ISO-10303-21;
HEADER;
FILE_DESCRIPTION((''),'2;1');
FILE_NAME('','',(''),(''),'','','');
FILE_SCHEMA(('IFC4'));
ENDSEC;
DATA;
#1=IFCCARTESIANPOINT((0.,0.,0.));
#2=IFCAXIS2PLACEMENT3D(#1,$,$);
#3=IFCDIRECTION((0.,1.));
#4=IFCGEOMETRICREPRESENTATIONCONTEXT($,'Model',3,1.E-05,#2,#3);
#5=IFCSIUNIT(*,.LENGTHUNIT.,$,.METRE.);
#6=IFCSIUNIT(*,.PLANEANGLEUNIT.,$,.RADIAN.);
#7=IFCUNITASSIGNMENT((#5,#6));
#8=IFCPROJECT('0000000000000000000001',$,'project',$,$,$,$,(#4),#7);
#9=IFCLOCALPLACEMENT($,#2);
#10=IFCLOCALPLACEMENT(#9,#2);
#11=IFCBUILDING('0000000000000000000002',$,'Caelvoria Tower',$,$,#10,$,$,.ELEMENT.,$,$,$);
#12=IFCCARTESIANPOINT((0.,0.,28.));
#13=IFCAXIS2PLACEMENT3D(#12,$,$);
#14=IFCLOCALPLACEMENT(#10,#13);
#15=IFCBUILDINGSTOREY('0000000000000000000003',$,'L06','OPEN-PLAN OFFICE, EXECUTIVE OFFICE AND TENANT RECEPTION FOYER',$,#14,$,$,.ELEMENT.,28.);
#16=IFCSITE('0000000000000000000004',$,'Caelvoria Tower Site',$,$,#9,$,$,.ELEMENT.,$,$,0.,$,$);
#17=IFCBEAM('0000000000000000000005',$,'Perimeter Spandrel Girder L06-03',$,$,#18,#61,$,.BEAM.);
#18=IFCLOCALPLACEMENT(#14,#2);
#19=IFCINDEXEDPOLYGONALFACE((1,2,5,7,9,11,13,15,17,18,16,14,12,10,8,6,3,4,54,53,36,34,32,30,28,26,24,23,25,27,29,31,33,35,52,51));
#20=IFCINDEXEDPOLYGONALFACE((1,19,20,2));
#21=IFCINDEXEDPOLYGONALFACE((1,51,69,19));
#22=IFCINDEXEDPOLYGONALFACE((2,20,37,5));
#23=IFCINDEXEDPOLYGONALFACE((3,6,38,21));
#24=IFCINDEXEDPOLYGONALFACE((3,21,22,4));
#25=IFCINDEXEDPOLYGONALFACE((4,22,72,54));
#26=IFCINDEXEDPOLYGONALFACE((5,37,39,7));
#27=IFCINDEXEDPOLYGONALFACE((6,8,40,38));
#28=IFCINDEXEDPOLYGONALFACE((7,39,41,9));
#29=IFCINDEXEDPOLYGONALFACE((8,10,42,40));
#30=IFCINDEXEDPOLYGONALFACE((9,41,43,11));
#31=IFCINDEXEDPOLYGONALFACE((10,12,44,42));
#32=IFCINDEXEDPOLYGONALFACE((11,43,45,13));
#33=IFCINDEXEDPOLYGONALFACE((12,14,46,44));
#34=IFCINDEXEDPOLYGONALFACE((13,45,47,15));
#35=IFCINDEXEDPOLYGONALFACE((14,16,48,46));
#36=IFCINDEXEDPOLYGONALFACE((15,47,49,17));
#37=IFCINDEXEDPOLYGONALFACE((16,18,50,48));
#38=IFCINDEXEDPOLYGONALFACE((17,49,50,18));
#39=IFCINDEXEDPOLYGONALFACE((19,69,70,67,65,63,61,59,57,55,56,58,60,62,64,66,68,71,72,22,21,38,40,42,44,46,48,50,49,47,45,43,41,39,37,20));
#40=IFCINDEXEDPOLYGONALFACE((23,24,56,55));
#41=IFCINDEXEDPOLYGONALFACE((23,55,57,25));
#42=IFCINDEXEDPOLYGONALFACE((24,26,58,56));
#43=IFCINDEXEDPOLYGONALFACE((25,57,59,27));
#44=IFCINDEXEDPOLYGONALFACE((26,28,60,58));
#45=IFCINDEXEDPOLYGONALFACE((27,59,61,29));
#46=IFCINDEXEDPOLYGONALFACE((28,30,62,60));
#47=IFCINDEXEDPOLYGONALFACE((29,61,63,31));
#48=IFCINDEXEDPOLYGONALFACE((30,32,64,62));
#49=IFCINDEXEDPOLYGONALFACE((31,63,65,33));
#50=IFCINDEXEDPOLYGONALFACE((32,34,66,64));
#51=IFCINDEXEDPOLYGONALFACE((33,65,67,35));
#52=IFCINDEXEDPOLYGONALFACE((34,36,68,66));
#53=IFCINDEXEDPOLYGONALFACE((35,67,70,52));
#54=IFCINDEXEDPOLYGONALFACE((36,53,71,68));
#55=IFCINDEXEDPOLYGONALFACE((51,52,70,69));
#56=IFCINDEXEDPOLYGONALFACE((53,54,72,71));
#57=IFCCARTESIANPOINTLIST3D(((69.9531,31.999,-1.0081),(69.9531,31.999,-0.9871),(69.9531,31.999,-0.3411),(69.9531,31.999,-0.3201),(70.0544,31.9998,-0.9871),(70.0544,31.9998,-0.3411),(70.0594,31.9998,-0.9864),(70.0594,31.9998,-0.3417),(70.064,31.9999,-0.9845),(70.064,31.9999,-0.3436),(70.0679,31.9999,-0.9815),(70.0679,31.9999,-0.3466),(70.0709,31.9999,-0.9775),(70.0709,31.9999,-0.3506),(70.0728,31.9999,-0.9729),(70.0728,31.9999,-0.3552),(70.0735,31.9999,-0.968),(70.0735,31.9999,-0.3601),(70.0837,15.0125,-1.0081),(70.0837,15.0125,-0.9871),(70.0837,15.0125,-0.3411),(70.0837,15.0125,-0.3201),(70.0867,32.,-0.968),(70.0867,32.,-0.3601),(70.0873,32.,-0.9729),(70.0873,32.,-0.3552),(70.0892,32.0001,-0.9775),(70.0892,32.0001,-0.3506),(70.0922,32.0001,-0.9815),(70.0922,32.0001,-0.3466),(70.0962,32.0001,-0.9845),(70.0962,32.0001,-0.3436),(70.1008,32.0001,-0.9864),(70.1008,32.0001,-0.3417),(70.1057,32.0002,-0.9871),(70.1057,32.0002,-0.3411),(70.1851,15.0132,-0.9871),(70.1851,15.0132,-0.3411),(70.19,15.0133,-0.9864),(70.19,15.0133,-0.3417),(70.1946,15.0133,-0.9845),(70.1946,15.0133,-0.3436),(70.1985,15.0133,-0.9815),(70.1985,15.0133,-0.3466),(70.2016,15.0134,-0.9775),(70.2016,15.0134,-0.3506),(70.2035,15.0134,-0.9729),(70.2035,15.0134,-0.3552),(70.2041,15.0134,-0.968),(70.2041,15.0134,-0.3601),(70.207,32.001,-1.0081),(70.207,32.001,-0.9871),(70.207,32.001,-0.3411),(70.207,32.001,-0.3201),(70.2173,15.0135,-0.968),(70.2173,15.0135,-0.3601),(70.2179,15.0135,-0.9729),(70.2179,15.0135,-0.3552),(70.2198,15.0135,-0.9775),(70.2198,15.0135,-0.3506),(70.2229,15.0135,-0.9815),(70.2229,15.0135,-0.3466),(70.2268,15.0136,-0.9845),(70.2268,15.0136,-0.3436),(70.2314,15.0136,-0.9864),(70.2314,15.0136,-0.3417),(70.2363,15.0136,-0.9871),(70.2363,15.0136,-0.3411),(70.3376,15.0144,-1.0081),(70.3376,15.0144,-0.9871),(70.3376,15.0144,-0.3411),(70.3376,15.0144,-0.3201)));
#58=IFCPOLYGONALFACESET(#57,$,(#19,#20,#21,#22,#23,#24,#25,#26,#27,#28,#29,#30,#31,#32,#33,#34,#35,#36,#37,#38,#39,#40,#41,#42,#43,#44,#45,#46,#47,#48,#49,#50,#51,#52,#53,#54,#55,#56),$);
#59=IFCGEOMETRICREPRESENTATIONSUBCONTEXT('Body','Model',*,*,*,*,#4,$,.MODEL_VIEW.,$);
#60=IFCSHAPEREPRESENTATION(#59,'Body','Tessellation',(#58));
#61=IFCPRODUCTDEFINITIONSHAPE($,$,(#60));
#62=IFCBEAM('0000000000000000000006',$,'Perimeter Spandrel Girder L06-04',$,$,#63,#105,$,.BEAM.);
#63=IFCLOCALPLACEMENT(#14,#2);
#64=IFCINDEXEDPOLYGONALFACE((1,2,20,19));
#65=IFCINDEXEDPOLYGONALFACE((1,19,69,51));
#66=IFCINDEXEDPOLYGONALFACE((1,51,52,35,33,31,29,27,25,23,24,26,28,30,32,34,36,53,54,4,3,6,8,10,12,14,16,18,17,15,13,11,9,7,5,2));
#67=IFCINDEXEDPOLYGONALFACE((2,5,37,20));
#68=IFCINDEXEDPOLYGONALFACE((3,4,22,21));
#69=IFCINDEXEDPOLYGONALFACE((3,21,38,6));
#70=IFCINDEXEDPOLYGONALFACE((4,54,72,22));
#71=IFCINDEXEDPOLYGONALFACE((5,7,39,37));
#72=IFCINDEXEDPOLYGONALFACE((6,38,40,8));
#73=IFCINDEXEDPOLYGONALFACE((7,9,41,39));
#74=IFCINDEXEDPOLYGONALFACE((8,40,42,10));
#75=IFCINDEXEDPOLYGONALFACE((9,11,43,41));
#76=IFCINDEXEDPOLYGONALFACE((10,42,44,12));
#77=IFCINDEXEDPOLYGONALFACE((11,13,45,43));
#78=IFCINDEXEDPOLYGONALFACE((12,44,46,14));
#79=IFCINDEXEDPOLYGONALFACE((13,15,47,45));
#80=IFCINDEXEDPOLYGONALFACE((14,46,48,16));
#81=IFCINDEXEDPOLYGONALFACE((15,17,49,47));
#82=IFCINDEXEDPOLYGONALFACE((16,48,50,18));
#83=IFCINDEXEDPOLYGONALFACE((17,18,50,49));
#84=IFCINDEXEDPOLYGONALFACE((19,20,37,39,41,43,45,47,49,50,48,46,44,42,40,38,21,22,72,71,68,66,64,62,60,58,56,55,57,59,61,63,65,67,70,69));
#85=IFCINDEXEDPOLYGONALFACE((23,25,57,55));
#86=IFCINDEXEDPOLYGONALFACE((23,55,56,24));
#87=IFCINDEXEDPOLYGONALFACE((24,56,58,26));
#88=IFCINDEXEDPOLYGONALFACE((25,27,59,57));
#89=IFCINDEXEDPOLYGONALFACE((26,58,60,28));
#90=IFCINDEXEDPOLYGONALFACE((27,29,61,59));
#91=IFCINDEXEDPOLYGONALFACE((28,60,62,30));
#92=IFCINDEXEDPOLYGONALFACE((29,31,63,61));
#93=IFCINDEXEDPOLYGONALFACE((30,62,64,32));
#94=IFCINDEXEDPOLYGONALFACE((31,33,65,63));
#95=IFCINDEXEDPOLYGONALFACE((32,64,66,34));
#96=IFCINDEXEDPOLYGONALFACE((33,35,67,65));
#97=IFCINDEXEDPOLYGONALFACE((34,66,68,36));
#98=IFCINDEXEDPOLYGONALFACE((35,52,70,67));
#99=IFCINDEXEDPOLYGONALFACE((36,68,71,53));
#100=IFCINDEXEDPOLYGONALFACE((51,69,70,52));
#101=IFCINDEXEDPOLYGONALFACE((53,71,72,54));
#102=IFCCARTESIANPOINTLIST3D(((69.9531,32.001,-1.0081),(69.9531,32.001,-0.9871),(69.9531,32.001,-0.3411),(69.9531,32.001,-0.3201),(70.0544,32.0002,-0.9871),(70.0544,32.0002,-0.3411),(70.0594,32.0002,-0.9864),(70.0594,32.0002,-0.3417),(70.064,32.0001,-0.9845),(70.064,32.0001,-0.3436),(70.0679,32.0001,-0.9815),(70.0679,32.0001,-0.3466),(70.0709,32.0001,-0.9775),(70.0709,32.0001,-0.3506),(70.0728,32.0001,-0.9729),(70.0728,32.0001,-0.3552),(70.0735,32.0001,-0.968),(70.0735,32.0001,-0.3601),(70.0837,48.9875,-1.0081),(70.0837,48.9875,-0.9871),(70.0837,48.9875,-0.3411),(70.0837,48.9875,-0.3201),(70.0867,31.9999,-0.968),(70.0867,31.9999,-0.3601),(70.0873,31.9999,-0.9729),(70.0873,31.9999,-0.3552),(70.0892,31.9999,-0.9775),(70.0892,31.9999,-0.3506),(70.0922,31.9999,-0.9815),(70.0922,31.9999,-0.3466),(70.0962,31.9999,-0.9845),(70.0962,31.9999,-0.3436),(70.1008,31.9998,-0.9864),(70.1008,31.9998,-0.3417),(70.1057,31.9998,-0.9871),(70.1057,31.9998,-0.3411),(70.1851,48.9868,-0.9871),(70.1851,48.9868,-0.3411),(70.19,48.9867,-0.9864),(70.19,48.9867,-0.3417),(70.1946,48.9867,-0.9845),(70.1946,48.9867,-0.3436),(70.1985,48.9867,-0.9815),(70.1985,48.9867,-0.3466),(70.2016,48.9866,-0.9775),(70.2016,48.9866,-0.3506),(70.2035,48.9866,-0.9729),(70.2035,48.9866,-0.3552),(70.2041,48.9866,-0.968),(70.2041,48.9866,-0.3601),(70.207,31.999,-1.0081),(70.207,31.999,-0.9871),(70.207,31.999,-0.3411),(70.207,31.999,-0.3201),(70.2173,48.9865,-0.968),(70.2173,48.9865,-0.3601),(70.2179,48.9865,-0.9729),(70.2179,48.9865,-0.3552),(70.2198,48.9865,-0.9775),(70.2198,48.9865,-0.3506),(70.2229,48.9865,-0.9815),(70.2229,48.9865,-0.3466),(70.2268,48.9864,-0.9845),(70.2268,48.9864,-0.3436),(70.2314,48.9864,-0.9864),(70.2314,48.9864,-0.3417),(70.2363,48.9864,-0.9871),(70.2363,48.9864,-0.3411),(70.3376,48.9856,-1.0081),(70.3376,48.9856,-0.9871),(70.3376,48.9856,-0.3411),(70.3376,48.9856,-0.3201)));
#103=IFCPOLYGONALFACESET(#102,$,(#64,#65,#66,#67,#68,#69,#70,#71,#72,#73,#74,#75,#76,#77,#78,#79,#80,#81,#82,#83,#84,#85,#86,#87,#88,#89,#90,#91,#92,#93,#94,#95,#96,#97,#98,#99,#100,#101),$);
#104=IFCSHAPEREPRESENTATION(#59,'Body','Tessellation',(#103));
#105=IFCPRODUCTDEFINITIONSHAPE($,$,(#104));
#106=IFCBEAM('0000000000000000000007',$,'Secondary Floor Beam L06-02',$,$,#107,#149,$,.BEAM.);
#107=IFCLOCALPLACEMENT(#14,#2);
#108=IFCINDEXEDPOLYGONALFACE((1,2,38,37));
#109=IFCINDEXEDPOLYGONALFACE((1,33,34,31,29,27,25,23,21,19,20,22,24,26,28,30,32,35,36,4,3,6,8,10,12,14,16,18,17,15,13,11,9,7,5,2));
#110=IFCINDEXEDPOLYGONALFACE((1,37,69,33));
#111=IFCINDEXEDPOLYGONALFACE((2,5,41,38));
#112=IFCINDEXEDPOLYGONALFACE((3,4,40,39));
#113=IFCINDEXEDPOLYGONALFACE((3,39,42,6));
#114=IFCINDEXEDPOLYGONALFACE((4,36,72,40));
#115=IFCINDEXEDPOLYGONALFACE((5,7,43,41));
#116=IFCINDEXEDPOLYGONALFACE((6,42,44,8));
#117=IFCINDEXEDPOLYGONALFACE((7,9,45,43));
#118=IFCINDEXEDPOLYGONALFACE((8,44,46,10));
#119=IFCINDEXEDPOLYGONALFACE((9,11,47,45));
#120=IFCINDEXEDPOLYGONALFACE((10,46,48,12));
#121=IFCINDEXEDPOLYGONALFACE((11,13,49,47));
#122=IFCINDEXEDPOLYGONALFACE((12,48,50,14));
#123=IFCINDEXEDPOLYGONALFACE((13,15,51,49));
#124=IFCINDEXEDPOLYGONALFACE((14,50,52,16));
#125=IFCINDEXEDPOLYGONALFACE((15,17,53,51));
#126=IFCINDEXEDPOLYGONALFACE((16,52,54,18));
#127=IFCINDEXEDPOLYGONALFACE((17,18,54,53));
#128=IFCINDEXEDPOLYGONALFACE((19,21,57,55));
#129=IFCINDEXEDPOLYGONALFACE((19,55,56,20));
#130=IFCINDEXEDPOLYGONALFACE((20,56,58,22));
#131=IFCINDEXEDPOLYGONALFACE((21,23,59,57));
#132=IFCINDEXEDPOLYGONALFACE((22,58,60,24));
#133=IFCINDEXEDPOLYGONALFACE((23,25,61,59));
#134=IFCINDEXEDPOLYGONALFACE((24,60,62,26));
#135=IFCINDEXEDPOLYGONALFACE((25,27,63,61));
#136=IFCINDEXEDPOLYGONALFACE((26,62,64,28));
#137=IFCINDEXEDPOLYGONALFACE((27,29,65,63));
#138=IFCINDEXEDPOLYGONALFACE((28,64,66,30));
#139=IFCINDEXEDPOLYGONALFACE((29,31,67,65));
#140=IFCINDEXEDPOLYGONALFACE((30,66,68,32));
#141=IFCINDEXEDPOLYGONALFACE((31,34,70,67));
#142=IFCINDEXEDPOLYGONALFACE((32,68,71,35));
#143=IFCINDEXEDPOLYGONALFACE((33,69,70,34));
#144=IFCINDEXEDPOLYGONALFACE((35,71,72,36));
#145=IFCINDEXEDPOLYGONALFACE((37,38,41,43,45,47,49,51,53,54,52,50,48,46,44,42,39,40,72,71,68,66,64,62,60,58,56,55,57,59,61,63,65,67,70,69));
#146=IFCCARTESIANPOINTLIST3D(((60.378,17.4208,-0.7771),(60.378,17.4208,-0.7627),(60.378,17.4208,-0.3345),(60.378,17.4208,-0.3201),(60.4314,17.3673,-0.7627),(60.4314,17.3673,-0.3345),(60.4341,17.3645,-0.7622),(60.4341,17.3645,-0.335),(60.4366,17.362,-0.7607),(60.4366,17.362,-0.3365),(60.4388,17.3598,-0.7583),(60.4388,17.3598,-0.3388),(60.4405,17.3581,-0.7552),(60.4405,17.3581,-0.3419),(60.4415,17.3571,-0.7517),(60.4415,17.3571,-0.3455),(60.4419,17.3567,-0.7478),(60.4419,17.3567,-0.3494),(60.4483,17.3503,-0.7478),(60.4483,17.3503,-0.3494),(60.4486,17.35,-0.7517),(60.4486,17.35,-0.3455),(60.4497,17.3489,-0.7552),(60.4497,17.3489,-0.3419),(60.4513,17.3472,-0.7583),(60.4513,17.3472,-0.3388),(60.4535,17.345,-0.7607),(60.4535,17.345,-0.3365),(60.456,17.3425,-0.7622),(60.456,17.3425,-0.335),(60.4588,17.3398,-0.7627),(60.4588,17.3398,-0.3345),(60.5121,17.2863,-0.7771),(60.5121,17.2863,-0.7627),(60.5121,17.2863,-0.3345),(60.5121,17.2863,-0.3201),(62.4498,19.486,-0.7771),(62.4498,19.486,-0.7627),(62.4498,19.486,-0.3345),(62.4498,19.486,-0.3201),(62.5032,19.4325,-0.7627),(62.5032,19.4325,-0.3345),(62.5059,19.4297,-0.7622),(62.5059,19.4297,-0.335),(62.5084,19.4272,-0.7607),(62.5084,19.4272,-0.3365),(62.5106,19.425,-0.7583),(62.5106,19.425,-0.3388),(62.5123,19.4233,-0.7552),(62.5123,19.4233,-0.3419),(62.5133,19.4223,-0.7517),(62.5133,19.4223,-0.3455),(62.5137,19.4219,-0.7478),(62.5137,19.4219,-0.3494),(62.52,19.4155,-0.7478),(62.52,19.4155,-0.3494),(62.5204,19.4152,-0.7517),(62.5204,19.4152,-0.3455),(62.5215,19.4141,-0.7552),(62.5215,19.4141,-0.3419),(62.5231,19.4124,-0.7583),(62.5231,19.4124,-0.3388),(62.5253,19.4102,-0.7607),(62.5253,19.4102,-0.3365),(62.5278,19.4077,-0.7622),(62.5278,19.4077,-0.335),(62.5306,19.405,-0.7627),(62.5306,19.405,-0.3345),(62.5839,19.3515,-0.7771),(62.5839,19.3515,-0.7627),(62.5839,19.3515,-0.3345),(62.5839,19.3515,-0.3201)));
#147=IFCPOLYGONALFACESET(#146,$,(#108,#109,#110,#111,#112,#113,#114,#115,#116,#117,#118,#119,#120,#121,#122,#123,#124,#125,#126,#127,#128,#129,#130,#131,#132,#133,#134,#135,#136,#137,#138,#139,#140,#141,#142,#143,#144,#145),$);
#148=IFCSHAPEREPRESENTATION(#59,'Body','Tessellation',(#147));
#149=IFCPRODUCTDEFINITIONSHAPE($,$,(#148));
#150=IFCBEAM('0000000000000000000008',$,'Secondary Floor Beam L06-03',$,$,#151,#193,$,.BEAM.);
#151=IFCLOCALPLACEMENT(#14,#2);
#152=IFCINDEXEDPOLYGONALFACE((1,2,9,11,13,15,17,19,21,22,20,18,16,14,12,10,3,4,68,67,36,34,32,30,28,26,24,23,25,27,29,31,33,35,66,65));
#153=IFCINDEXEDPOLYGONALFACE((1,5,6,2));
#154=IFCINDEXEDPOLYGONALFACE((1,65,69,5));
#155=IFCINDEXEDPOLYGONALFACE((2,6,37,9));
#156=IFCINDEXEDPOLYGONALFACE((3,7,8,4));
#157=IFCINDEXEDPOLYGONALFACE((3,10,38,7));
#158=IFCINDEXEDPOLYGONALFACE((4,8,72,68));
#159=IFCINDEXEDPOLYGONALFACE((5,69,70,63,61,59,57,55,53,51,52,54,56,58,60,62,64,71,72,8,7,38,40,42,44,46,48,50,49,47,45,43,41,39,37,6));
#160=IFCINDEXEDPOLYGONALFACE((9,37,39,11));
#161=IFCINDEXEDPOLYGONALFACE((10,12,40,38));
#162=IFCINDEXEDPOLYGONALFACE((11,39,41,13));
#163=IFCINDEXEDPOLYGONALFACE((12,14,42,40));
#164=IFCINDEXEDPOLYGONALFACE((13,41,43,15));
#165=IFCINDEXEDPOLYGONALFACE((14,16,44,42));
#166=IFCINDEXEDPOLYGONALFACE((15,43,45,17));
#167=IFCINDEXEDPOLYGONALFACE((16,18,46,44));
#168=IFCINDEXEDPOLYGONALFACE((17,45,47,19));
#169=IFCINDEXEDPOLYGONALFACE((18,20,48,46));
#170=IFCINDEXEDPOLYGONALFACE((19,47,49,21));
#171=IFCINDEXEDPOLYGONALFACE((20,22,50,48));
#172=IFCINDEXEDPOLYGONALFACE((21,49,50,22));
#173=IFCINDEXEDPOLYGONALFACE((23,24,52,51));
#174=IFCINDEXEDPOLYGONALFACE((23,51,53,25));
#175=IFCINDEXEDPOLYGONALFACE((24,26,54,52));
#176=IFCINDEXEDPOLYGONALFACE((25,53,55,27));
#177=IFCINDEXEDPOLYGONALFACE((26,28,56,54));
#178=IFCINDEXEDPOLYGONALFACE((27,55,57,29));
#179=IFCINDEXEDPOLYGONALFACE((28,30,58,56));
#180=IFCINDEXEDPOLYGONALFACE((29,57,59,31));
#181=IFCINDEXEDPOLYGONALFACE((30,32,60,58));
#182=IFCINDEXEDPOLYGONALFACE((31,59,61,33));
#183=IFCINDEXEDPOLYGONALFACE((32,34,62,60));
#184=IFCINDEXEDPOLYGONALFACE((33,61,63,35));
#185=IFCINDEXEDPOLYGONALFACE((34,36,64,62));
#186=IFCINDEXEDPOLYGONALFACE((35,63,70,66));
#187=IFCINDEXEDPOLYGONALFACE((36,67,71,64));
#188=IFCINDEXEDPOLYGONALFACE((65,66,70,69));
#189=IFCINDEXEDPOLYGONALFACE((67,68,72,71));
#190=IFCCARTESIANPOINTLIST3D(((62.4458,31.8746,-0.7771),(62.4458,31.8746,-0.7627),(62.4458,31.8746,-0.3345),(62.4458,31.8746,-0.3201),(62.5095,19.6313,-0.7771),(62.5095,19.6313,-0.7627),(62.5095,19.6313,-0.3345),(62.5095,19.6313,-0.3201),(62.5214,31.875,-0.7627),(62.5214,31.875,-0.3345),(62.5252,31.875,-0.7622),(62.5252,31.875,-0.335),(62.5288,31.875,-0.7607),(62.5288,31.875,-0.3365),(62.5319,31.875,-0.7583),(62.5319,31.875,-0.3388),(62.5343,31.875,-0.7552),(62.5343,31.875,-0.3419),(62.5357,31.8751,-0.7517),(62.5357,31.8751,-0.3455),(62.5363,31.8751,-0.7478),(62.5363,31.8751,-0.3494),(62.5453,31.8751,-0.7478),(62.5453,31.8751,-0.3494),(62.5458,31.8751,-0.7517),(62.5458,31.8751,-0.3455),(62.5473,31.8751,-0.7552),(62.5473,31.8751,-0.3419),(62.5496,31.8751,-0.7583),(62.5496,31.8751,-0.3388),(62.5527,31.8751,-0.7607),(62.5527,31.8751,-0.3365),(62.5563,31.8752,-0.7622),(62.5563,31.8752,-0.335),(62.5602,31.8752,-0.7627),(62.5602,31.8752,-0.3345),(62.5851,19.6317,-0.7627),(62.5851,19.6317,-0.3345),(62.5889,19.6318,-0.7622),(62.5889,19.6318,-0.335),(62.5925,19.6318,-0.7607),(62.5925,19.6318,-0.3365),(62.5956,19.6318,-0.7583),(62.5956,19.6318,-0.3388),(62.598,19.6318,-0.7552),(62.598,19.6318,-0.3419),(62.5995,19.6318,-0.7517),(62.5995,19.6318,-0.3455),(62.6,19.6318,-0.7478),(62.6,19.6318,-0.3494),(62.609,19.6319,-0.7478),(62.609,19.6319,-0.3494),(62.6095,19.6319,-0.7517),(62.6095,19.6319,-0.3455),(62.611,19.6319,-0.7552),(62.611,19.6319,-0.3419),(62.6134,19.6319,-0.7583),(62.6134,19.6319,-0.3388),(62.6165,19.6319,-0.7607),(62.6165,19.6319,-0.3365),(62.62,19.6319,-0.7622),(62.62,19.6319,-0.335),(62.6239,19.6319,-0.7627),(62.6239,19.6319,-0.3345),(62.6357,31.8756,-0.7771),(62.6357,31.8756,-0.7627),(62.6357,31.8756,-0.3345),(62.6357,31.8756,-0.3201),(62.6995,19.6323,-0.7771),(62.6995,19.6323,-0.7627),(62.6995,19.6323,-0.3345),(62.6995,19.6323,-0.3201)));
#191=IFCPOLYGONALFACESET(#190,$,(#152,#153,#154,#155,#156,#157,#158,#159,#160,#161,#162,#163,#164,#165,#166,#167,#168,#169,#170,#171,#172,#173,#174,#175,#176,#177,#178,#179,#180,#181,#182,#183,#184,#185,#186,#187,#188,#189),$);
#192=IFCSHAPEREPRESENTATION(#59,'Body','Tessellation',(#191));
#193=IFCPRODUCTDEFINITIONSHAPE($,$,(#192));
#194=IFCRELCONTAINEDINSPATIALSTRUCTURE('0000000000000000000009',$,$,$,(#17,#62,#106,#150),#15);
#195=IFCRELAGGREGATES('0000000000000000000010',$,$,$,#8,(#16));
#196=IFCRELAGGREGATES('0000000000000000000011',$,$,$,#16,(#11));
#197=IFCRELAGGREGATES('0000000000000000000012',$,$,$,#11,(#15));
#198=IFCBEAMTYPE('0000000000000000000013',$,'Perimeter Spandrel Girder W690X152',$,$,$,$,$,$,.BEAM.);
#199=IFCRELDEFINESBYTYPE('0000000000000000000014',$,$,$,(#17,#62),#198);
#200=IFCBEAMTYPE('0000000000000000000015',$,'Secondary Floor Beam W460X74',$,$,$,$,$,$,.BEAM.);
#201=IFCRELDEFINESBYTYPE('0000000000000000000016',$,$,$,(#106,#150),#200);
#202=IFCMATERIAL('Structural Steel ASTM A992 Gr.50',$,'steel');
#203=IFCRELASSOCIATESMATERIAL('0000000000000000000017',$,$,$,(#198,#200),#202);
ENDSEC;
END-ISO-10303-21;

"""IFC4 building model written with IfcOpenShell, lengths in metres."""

from ifc_helpers import new_model, si_unit, direction, frame, origin, origin_2d, place, context, subcontext, project, spatial, i_section, extrude, material, material_profile, profile_set, type_object, element, save


model = new_model("IFC4")

# Units and contexts
model_context = context("Model", 3, precision=1e-05, world=origin(), true_north=direction((0.0, 1.0)))
body_context = subcontext(model_context, "Body", "Model", "MODEL_VIEW")
ifc_project = project(units=[si_unit("LENGTHUNIT", "METRE"), si_unit("PLANEANGLEUNIT", "RADIAN")], contexts=[model_context])

# Site, building, storey
site_placement = place(None, origin())
site = spatial("IfcSite", under=ifc_project, at=site_placement, Name="Caelvoria Tower Site", CompositionType="ELEMENT", RefElevation=0.0)
building_placement = place(site_placement, origin())
building = spatial("IfcBuilding", under=site, at=building_placement, Name="Caelvoria Tower", CompositionType="ELEMENT")
storey_placement = place(building_placement, frame((0.0, 0.0, 28.0)))
storey = spatial("IfcBuildingStorey", under=building, at=storey_placement, Name="L06", Description="OPEN-PLAN OFFICE, EXECUTIVE OFFICE AND TENANT RECEPTION FOYER", CompositionType="ELEMENT", Elevation=28.0)

# Beams
ifc_material_1 = material(Name="Structural Steel ASTM A992 Gr.50", Category="steel")
ifc_material_profile_1 = material_profile(ifc_material_1, i_section(OverallWidth=0.2539, OverallDepth=0.688, WebThickness=0.0132, FlangeThickness=0.021, FilletRadius=0.019, at=origin_2d()), Name="Structural Steel ASTM A992 Gr.50")
ifc_profile_set_1 = profile_set([ifc_material_profile_1], Name="W690X152 - Structural Steel ASTM A992 Gr.50")
beam_type_1 = type_object("IfcBeamType", Name="Perimeter Spandrel Girder W690X152", PredefinedType="BEAM", material=ifc_profile_set_1)
for number, where, z_axis, x_axis, name in (
    (1, (70.2107, 15.0134, -0.6641), (-0.007689, 0.99997, 0.0), (-0.99997, -0.007689, 0.0), "Perimeter Spandrel Girder L06-03"),
    (2, (70.0801, 32.0, -0.6641), (0.007689, 0.99997, 0.0), (-0.99997, 0.007689, 0.0), "Perimeter Spandrel Girder L06-04"),
):
    element("IfcBeam", number, at=place(storey_placement, frame(where, z_axis=z_axis, x_axis=x_axis)), inside=storey, type_object=beam_type_1, Name=name, PredefinedType="BEAM", context=body_context, shape_type="SweptSolid", body=[
        extrude(i_section(OverallWidth=0.2539, OverallDepth=0.688, WebThickness=0.0132, FlangeThickness=0.021, FilletRadius=0.019, at=origin_2d()), origin(), (0.0, 0.0, 1.0), 16.9871),
    ])
ifc_material_profile_2 = material_profile(ifc_material_1, i_section(OverallWidth=0.1899, OverallDepth=0.457, WebThickness=0.009, FlangeThickness=0.0144, FilletRadius=0.0149, at=origin_2d()), Name="Structural Steel ASTM A992 Gr.50")
ifc_profile_set_2 = profile_set([ifc_material_profile_2], Name="W460X74 - Structural Steel ASTM A992 Gr.50")
beam_type_2 = type_object("IfcBeamType", Name="Secondary Floor Beam W460X74", PredefinedType="BEAM", material=ifc_profile_set_2)
beam_1_placement = place(storey_placement, frame((60.4451, 17.3535, -0.5486), z_axis=(0.708233, 0.705979, 0.0), x_axis=(-0.705979, 0.708233, 0.0)))
element("IfcBeam", 3, at=beam_1_placement, inside=storey, type_object=beam_type_2, Name="Secondary Floor Beam L06-02", PredefinedType="BEAM", context=body_context, shape_type="SweptSolid", body=[
    extrude(i_section(OverallWidth=0.1899, OverallDepth=0.457, WebThickness=0.009, FlangeThickness=0.0144, FilletRadius=0.0149, at=origin_2d()), origin(), (0.0, 0.0, 1.0), 2.9253),
])
beam_2_placement = place(storey_placement, frame((62.6045, 19.6318, -0.5486), z_axis=(-0.005205, 0.999986, 0.0), x_axis=(-0.999986, -0.005205, 0.0)))
element("IfcBeam", 4, at=beam_2_placement, inside=storey, type_object=beam_type_2, Name="Secondary Floor Beam L06-03", PredefinedType="BEAM", context=body_context, shape_type="SweptSolid", body=[
    extrude(i_section(OverallWidth=0.1899, OverallDepth=0.457, WebThickness=0.009, FlangeThickness=0.0144, FilletRadius=0.0149, at=origin_2d()), origin(), (0.0, 0.0, 1.0), 12.2434),
])

save(model, "model.ifc")
